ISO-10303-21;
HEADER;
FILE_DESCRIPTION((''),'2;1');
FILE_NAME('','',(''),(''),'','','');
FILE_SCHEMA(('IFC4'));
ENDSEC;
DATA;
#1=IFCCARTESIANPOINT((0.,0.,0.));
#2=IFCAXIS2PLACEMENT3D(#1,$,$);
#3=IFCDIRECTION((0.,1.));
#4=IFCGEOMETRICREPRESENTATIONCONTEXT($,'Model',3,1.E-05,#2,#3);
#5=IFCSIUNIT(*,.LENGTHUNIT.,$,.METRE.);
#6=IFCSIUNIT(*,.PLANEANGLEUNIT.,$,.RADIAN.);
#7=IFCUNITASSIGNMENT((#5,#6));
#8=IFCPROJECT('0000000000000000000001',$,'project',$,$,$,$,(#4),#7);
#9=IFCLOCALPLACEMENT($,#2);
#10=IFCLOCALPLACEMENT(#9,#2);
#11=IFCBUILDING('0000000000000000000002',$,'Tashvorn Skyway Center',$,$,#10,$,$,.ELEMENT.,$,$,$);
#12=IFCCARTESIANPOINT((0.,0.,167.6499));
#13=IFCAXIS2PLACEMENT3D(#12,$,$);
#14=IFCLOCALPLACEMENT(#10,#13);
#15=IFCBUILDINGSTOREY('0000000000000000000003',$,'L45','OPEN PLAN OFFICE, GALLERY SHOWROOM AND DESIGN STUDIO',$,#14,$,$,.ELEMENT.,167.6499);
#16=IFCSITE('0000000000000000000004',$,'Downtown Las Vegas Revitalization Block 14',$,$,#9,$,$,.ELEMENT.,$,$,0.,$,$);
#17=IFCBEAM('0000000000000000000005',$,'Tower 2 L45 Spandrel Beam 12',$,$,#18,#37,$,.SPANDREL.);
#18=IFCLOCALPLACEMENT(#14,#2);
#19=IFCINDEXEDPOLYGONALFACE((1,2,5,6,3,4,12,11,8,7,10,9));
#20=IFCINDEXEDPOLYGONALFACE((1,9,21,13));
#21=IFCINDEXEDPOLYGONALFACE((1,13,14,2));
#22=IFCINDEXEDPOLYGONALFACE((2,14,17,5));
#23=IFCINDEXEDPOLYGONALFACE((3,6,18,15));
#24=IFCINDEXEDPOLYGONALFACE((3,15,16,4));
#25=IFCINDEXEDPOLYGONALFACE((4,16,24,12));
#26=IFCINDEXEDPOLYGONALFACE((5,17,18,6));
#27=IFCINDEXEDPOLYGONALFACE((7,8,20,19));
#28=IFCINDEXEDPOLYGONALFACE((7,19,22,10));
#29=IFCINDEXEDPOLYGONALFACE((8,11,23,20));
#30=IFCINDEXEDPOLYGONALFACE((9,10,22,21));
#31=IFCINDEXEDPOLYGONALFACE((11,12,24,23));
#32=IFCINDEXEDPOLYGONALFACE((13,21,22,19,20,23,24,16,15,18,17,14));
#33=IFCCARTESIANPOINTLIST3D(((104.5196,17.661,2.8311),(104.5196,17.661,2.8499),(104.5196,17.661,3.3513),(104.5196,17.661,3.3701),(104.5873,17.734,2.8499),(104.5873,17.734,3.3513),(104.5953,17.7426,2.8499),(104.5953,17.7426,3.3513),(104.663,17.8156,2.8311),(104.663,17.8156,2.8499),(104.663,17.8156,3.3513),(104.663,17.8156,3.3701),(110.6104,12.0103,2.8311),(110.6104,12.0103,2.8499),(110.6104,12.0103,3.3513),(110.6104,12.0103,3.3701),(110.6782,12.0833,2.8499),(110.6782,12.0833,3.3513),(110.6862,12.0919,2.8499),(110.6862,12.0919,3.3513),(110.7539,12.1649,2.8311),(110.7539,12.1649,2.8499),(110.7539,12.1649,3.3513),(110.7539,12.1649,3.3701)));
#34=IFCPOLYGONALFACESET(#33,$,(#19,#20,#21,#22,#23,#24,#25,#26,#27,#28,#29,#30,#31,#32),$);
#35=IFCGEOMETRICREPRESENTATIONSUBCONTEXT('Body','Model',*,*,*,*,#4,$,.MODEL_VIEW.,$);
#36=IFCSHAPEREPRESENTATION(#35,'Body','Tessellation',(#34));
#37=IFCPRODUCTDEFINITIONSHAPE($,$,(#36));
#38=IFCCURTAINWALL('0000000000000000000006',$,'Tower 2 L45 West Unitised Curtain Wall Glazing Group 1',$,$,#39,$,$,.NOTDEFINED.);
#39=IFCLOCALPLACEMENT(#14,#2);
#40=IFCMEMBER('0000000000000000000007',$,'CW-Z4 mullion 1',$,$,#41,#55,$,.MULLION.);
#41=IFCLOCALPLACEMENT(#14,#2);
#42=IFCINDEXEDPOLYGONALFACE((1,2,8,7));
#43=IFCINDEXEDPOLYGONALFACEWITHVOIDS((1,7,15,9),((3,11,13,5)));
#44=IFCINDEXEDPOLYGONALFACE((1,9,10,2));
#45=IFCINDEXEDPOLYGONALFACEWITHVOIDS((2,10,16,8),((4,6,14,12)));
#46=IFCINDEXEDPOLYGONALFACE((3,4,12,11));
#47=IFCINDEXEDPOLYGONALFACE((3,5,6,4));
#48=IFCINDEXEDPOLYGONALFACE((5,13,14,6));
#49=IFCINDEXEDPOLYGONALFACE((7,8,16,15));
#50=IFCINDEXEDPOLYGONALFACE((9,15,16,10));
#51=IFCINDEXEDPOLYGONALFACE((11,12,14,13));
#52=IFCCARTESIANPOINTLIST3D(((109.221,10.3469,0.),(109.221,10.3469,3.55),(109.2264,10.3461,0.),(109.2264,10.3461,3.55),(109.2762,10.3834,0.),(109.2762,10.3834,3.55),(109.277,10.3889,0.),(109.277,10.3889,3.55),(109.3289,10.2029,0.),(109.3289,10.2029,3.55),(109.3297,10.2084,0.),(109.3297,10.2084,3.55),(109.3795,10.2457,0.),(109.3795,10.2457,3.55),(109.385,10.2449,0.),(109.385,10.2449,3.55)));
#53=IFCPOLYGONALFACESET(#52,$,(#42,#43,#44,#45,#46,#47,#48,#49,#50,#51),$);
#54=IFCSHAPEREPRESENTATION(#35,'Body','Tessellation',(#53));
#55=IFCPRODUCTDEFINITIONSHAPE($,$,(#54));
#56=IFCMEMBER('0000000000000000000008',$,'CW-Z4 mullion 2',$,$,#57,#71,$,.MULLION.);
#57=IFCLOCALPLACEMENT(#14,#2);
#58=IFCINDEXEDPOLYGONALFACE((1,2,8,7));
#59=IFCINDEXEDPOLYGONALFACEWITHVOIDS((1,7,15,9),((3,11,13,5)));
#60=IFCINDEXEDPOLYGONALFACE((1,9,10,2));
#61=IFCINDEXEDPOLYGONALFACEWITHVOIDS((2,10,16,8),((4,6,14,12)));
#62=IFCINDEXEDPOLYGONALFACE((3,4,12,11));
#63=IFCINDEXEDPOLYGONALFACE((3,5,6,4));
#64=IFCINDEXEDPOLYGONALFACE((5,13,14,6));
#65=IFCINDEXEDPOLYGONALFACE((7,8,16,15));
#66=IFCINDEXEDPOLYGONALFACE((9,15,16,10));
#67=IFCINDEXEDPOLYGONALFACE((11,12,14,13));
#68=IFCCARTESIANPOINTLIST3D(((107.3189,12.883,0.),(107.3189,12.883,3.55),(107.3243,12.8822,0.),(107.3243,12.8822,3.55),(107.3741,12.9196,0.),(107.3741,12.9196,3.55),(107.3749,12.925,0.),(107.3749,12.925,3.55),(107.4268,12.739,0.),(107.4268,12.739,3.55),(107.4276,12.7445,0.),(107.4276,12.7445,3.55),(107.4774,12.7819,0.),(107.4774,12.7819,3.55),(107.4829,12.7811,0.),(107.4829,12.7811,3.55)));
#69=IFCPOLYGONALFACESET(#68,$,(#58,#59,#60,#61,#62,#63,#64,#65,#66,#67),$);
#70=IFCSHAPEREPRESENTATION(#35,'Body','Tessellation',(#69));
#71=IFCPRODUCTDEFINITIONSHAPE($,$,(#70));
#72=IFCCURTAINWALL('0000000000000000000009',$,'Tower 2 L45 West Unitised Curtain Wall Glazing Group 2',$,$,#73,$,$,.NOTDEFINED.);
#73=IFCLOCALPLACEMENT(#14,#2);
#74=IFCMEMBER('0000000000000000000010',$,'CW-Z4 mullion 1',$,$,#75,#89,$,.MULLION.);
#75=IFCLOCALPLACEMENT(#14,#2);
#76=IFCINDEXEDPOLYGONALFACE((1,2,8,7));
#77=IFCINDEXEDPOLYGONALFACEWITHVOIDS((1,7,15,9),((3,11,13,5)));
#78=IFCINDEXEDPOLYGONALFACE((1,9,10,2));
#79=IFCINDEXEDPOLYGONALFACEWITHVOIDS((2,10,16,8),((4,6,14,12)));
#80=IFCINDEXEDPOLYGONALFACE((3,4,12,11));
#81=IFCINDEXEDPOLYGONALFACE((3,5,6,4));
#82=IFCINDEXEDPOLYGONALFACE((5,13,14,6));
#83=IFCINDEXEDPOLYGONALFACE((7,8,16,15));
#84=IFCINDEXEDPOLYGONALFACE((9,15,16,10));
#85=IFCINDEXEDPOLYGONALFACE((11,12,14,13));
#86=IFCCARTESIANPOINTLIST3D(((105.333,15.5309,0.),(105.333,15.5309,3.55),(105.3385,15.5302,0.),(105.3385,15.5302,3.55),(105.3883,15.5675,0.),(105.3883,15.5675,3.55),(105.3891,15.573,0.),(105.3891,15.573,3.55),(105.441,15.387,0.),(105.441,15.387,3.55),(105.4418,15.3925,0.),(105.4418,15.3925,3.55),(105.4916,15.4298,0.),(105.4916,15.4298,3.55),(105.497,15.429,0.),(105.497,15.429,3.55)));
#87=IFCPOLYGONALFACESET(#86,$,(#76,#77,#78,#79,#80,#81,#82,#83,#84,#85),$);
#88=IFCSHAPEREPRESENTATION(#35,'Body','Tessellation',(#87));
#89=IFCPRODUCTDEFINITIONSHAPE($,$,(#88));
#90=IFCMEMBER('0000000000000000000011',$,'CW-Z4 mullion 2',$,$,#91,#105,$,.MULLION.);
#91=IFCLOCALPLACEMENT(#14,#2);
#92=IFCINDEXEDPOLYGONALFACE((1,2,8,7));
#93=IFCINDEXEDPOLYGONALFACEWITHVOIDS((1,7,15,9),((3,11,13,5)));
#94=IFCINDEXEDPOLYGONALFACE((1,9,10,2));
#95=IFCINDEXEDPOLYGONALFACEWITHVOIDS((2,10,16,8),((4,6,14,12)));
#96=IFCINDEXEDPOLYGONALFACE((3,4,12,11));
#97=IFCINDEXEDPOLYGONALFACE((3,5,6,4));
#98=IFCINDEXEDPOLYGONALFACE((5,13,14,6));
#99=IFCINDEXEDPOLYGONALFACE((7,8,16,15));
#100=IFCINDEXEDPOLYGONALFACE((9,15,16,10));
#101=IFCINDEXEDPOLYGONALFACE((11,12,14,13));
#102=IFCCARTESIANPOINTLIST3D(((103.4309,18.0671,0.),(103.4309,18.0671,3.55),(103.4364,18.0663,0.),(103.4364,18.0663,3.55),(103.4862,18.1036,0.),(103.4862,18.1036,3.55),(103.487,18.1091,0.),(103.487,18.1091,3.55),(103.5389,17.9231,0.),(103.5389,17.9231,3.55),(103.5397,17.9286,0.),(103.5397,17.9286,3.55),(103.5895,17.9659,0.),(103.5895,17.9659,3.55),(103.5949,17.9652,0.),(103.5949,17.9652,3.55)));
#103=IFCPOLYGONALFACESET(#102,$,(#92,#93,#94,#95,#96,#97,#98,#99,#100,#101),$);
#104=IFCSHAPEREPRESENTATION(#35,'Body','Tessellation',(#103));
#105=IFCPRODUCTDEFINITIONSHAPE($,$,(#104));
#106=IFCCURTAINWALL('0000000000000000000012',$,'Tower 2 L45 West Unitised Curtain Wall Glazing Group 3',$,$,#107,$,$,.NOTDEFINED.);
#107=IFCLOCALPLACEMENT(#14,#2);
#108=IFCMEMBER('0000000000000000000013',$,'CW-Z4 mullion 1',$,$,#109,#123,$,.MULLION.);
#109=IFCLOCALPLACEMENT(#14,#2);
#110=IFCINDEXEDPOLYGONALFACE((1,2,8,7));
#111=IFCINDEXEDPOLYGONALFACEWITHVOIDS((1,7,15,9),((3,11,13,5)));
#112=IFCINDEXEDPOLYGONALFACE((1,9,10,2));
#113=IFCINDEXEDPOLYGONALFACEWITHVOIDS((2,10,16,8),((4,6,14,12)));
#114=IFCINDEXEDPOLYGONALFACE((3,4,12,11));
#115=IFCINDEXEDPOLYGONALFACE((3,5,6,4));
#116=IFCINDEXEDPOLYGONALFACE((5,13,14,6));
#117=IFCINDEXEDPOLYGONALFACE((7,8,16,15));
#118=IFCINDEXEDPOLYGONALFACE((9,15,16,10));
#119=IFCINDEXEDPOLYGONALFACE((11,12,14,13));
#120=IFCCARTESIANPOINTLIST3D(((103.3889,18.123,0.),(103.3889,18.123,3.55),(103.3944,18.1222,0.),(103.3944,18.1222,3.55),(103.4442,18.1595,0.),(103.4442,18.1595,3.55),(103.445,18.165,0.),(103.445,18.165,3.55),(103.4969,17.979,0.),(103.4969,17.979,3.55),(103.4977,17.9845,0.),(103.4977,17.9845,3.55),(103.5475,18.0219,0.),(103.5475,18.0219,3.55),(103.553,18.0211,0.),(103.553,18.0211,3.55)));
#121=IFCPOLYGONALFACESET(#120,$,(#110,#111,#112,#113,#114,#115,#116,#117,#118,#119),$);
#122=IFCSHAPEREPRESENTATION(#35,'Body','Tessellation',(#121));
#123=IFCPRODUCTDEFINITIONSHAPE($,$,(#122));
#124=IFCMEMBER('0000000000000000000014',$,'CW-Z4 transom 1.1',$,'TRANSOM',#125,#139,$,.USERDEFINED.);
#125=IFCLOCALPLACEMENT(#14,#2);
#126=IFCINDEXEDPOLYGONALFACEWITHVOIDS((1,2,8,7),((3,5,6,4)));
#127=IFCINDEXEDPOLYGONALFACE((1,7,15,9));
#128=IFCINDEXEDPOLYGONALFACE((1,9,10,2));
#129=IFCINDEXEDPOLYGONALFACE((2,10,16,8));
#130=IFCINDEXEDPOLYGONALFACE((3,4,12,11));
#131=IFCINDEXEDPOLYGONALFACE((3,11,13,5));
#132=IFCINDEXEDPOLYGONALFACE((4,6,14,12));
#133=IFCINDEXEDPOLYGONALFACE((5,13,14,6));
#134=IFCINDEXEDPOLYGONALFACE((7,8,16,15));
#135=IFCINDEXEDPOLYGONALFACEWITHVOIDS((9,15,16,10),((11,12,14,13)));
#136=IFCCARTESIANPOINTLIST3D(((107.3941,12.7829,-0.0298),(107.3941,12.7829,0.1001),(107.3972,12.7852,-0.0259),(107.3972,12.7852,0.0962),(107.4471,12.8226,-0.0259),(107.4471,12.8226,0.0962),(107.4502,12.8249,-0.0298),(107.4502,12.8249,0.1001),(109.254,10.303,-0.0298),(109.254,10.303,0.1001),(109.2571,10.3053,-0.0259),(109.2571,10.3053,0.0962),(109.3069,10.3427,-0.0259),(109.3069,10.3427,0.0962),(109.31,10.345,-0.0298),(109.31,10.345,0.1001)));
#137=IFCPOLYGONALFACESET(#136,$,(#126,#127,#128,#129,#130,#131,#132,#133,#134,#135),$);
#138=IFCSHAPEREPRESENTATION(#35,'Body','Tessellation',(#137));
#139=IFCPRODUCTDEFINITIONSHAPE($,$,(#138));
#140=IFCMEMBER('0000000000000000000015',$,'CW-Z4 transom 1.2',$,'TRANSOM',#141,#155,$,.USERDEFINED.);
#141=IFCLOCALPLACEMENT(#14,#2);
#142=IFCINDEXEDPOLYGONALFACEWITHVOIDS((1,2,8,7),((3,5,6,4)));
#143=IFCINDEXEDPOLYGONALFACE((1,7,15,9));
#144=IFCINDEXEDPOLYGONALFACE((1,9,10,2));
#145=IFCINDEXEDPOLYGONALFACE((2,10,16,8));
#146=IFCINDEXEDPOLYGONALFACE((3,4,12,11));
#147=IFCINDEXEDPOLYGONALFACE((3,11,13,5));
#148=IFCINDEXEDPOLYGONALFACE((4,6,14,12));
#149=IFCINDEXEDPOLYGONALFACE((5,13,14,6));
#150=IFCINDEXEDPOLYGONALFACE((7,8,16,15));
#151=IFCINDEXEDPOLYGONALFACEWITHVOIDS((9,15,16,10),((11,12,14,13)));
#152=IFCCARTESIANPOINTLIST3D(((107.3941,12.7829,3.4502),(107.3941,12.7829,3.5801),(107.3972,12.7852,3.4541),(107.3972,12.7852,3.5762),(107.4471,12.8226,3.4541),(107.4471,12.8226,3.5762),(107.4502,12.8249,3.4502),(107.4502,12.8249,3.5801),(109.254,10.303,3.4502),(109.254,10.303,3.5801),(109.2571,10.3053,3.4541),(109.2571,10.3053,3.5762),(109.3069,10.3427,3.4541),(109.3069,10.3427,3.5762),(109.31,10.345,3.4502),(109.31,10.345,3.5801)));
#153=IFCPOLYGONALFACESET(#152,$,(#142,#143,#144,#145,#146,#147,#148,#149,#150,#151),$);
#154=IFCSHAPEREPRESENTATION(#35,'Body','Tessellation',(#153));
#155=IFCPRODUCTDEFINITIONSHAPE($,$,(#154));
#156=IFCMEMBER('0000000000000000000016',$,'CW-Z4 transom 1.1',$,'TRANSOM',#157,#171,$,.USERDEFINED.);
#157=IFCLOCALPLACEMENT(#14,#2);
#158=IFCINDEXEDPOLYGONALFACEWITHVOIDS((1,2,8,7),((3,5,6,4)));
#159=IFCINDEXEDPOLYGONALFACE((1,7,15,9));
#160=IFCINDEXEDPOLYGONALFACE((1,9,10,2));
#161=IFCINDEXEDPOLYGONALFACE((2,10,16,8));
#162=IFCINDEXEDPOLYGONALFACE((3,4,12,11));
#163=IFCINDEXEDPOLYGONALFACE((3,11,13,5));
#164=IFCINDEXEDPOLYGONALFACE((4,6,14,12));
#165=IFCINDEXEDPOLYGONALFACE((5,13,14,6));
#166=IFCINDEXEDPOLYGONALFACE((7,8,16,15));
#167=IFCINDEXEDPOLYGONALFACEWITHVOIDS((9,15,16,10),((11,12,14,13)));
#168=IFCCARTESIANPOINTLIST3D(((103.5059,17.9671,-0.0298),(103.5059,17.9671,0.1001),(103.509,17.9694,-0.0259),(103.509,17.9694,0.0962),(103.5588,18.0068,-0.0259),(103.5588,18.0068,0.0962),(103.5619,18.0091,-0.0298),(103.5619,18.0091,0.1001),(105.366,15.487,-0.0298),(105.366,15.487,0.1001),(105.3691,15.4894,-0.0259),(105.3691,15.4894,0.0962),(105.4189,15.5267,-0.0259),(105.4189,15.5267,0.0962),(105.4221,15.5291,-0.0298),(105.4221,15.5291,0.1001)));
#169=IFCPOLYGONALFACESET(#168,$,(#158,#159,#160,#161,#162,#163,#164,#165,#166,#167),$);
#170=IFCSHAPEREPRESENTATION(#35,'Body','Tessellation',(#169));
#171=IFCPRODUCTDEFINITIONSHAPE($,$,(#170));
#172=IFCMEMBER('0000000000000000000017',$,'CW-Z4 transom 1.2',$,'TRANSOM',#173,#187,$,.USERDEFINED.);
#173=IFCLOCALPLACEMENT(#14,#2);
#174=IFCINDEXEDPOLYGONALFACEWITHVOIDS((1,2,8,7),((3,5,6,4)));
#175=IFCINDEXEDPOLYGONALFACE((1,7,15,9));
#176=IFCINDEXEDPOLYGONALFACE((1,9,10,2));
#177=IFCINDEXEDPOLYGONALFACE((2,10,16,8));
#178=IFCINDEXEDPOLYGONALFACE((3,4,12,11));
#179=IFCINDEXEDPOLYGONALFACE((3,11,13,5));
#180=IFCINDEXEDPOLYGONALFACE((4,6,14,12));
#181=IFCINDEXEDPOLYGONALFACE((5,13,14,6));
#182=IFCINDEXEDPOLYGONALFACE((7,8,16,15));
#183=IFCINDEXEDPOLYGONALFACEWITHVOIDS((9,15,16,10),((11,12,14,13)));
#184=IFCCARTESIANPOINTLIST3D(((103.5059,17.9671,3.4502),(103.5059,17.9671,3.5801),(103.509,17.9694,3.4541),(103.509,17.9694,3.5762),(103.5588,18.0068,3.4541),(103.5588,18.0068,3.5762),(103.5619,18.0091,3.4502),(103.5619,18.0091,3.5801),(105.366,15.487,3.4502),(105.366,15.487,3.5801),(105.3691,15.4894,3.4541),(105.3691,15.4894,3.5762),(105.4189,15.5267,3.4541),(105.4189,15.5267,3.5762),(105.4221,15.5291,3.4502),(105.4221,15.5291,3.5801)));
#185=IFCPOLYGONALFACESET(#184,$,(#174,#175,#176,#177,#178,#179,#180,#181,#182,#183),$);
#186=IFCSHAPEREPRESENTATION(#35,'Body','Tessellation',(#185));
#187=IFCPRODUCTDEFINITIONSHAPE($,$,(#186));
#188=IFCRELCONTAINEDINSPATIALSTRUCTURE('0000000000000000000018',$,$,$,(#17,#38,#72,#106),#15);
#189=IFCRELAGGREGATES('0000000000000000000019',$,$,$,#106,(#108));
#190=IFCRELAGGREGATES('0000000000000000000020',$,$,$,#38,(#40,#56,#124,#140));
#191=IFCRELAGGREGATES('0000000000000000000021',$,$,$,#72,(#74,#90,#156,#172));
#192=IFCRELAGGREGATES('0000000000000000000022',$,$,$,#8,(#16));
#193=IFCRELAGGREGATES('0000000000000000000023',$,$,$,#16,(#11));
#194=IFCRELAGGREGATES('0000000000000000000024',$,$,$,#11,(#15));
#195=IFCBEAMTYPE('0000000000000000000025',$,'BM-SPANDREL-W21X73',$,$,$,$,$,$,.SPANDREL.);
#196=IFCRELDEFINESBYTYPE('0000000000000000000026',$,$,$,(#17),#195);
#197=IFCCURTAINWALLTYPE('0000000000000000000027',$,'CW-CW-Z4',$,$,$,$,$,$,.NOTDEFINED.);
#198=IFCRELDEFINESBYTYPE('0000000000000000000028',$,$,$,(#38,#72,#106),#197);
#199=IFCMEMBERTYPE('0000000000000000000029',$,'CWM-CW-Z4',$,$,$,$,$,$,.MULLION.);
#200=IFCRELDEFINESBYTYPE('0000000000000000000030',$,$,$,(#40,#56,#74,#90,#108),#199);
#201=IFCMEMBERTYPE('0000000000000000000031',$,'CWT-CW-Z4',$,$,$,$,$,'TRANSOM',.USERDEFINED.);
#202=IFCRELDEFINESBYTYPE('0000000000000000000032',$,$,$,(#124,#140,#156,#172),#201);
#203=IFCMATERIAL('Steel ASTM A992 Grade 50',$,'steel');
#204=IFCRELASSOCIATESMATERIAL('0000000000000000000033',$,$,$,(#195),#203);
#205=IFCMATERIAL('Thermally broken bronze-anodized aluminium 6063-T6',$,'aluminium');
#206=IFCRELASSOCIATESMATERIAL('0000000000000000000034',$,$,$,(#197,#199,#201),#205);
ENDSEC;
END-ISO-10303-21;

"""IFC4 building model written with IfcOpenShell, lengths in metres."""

from ifc_helpers import new_model, si_unit, direction, frame, origin, origin_2d, place, context, subcontext, project, spatial, hollow_rectangle, i_section, extrude, material, material_profile, profile_set, type_object, element, aggregate, save


model = new_model("IFC4")

# Units and contexts
model_context = context("Model", 3, precision=1e-05, world=origin(), true_north=direction((0.0, 1.0)))
body_context = subcontext(model_context, "Body", "Model", "MODEL_VIEW")
ifc_project = project(units=[si_unit("LENGTHUNIT", "METRE"), si_unit("PLANEANGLEUNIT", "RADIAN")], contexts=[model_context])

# Site, building, storey
site_placement = place(None, origin())
site = spatial("IfcSite", under=ifc_project, at=site_placement, Name="Downtown Las Vegas Revitalization Block 14", CompositionType="ELEMENT", RefElevation=0.0)
building_placement = place(site_placement, origin())
building = spatial("IfcBuilding", under=site, at=building_placement, Name="Tashvorn Skyway Center", CompositionType="ELEMENT")
storey_placement = place(building_placement, frame((0.0, 0.0, 167.6499)))
storey = spatial("IfcBuildingStorey", under=building, at=storey_placement, Name="L45", Description="OPEN PLAN OFFICE, GALLERY SHOWROOM AND DESIGN STUDIO", CompositionType="ELEMENT", Elevation=167.6499)

# Beam
ifc_material_1 = material(Name="Steel ASTM A992 Grade 50", Category="steel")
ifc_material_profile_1 = material_profile(ifc_material_1, i_section(OverallWidth=0.2109, OverallDepth=0.5391, WebThickness=0.0117, FlangeThickness=0.0188, at=origin_2d()), Name="W21X73")
ifc_profile_set_1 = profile_set([ifc_material_profile_1], Name="Steel ASTM A992 Grade 50")
beam_type_1 = type_object("IfcBeamType", Name="BM-SPANDREL-W21X73", PredefinedType="SPANDREL", material=ifc_profile_set_1)
for number, where, z_axis, x_axis, name in (
    (1, (104.5913, 17.7383, 3.1006), (0.733101, -0.68012, 0.0), (0.68012, 0.733101, 0.0), "Tower 2 L45 Spandrel Beam 12"),
):
    element("IfcBeam", number, at=place(storey_placement, frame(where, z_axis=z_axis, x_axis=x_axis)), inside=storey, type_object=beam_type_1, Name=name, PredefinedType="SPANDREL", context=body_context, shape_type="SweptSolid", body=[
        extrude(i_section(OverallWidth=0.2109, OverallDepth=0.5391, WebThickness=0.0117, FlangeThickness=0.0188, at=origin_2d()), origin(), (0.0, 0.0, 1.0), 8.3083),
    ])

# Curtain walls, members
ifc_material_2 = material(Name="Thermally broken bronze-anodized aluminium 6063-T6", Category="aluminium")
curtain_wall_type = type_object("IfcCurtainWallType", Name="CW-CW-Z4", PredefinedType="NOTDEFINED", material=ifc_material_2)
curtain_wall_1_placement = place(storey_placement, origin())
curtain_wall_1 = element("IfcCurtainWall", 2, at=curtain_wall_1_placement, inside=storey, type_object=curtain_wall_type, Name="Tower 2 L45 West Unitised Curtain Wall Glazing Group 1", PredefinedType="NOTDEFINED")
ifc_material_profile_2 = material_profile(ifc_material_2, hollow_rectangle(XDim=0.0701, YDim=0.1799, WallThickness=0.0039, at=origin_2d()), Name="ALU-MULL-70x180")
ifc_profile_set_2 = profile_set([ifc_material_profile_2], Name="Thermally broken bronze-anodized aluminium 6063-T6")
member_type_1 = type_object("IfcMemberType", Name="CWM-CW-Z4", PredefinedType="MULLION", material=ifc_profile_set_2)
member_1_placement = place(storey_placement, frame((109.303, 10.2959, 0.0), z_axis=(0.0, 0.0, 1.0), x_axis=(-0.8, -0.6, 0.0)))
member_1 = element("IfcMember", 3, at=member_1_placement, type_object=member_type_1, Name="CW-Z4 mullion 1", PredefinedType="MULLION", context=body_context, shape_type="SweptSolid", body=[
    extrude(hollow_rectangle(XDim=0.0701, YDim=0.1799, WallThickness=0.0039, at=origin_2d()), origin(), (0.0, 0.0, 1.0), 3.55),
])
member_2_placement = place(storey_placement, frame((107.4009, 12.832, 0.0), z_axis=(0.0, 0.0, 1.0), x_axis=(-0.8, -0.6, 0.0)))
member_2 = element("IfcMember", 4, at=member_2_placement, type_object=member_type_1, Name="CW-Z4 mullion 2", PredefinedType="MULLION", context=body_context, shape_type="SweptSolid", body=[
    extrude(hollow_rectangle(XDim=0.0701, YDim=0.1799, WallThickness=0.0039, at=origin_2d()), origin(), (0.0, 0.0, 1.0), 3.55),
])
curtain_wall_2_placement = place(storey_placement, origin())
curtain_wall_2 = element("IfcCurtainWall", 5, at=curtain_wall_2_placement, inside=storey, type_object=curtain_wall_type, Name="Tower 2 L45 West Unitised Curtain Wall Glazing Group 2", PredefinedType="NOTDEFINED")
member_3_placement = place(storey_placement, frame((105.415, 15.48, 0.0), z_axis=(0.0, 0.0, 1.0), x_axis=(-0.8, -0.6, 0.0)))
member_3 = element("IfcMember", 6, at=member_3_placement, type_object=member_type_1, Name="CW-Z4 mullion 1", PredefinedType="MULLION", context=body_context, shape_type="SweptSolid", body=[
    extrude(hollow_rectangle(XDim=0.0701, YDim=0.1799, WallThickness=0.0039, at=origin_2d()), origin(), (0.0, 0.0, 1.0), 3.55),
])
member_4_placement = place(storey_placement, frame((103.5129, 18.0161, 0.0), z_axis=(0.0, 0.0, 1.0), x_axis=(-0.8, -0.6, 0.0)))
member_4 = element("IfcMember", 7, at=member_4_placement, type_object=member_type_1, Name="CW-Z4 mullion 2", PredefinedType="MULLION", context=body_context, shape_type="SweptSolid", body=[
    extrude(hollow_rectangle(XDim=0.0701, YDim=0.1799, WallThickness=0.0039, at=origin_2d()), origin(), (0.0, 0.0, 1.0), 3.55),
])

# Curtain wall, member
curtain_wall_3_placement = place(storey_placement, origin())
curtain_wall_3 = element("IfcCurtainWall", 8, at=curtain_wall_3_placement, inside=storey, type_object=curtain_wall_type, Name="Tower 2 L45 West Unitised Curtain Wall Glazing Group 3", PredefinedType="NOTDEFINED")
member_5_placement = place(storey_placement, frame((103.4709, 18.072, 0.0), z_axis=(0.0, 0.0, 1.0), x_axis=(-0.8, -0.6, 0.0)))
member_5 = element("IfcMember", 9, at=member_5_placement, type_object=member_type_1, Name="CW-Z4 mullion 1", PredefinedType="MULLION", context=body_context, shape_type="SweptSolid", body=[
    extrude(hollow_rectangle(XDim=0.0701, YDim=0.1799, WallThickness=0.0039, at=origin_2d()), origin(), (0.0, 0.0, 1.0), 3.55),
])
aggregate(curtain_wall_3, [member_5])

# Members
ifc_material_profile_3 = material_profile(ifc_material_2, hollow_rectangle(XDim=0.0701, YDim=0.1299, WallThickness=0.0039, at=origin_2d()), Name="ALU-TRAN-70x130")
ifc_profile_set_3 = profile_set([ifc_material_profile_3], Name="Thermally broken bronze-anodized aluminium 6063-T6")
member_type_2 = type_object("IfcMemberType", Name="CWT-CW-Z4", ElementType="TRANSOM", PredefinedType="USERDEFINED", material=ifc_profile_set_3)
member_6_placement = place(storey_placement, frame((109.282, 10.324, 0.0352), z_axis=(-0.599975, 0.800019, 0.0), x_axis=(-0.800019, -0.599975, 0.0)))
member_6 = element("IfcMember", 10, at=member_6_placement, type_object=member_type_2, Name="CW-Z4 transom 1.1", ObjectType="TRANSOM", PredefinedType="USERDEFINED", context=body_context, shape_type="SweptSolid", body=[
    extrude(hollow_rectangle(XDim=0.0701, YDim=0.1299, WallThickness=0.0039, at=origin_2d()), origin(), (0.0, 0.0, 1.0), 3.0999),
])
member_7_placement = place(storey_placement, frame((109.282, 10.324, 3.5151), z_axis=(-0.599975, 0.800019, 0.0), x_axis=(-0.800019, -0.599975, 0.0)))
member_7 = element("IfcMember", 11, at=member_7_placement, type_object=member_type_2, Name="CW-Z4 transom 1.2", ObjectType="TRANSOM", PredefinedType="USERDEFINED", context=body_context, shape_type="SweptSolid", body=[
    extrude(hollow_rectangle(XDim=0.0701, YDim=0.1299, WallThickness=0.0039, at=origin_2d()), origin(), (0.0, 0.0, 1.0), 3.0999),
])
member_8_placement = place(storey_placement, frame((105.394, 15.5081, 0.0352), z_axis=(-0.600025, 0.799981, 0.0), x_axis=(-0.799981, -0.600025, 0.0)))
member_8 = element("IfcMember", 12, at=member_8_placement, type_object=member_type_2, Name="CW-Z4 transom 1.1", ObjectType="TRANSOM", PredefinedType="USERDEFINED", context=body_context, shape_type="SweptSolid", body=[
    extrude(hollow_rectangle(XDim=0.0701, YDim=0.1299, WallThickness=0.0039, at=origin_2d()), origin(), (0.0, 0.0, 1.0), 3.1001),
])
member_9_placement = place(storey_placement, frame((105.394, 15.5081, 3.5151), z_axis=(-0.600025, 0.799981, 0.0), x_axis=(-0.799981, -0.600025, 0.0)))
member_9 = element("IfcMember", 13, at=member_9_placement, type_object=member_type_2, Name="CW-Z4 transom 1.2", ObjectType="TRANSOM", PredefinedType="USERDEFINED", context=body_context, shape_type="SweptSolid", body=[
    extrude(hollow_rectangle(XDim=0.0701, YDim=0.1299, WallThickness=0.0039, at=origin_2d()), origin(), (0.0, 0.0, 1.0), 3.1001),
])

aggregate(curtain_wall_1, [member_1, member_2, member_6, member_7])
aggregate(curtain_wall_2, [member_3, member_4, member_8, member_9])

save(model, "model.ifc")
